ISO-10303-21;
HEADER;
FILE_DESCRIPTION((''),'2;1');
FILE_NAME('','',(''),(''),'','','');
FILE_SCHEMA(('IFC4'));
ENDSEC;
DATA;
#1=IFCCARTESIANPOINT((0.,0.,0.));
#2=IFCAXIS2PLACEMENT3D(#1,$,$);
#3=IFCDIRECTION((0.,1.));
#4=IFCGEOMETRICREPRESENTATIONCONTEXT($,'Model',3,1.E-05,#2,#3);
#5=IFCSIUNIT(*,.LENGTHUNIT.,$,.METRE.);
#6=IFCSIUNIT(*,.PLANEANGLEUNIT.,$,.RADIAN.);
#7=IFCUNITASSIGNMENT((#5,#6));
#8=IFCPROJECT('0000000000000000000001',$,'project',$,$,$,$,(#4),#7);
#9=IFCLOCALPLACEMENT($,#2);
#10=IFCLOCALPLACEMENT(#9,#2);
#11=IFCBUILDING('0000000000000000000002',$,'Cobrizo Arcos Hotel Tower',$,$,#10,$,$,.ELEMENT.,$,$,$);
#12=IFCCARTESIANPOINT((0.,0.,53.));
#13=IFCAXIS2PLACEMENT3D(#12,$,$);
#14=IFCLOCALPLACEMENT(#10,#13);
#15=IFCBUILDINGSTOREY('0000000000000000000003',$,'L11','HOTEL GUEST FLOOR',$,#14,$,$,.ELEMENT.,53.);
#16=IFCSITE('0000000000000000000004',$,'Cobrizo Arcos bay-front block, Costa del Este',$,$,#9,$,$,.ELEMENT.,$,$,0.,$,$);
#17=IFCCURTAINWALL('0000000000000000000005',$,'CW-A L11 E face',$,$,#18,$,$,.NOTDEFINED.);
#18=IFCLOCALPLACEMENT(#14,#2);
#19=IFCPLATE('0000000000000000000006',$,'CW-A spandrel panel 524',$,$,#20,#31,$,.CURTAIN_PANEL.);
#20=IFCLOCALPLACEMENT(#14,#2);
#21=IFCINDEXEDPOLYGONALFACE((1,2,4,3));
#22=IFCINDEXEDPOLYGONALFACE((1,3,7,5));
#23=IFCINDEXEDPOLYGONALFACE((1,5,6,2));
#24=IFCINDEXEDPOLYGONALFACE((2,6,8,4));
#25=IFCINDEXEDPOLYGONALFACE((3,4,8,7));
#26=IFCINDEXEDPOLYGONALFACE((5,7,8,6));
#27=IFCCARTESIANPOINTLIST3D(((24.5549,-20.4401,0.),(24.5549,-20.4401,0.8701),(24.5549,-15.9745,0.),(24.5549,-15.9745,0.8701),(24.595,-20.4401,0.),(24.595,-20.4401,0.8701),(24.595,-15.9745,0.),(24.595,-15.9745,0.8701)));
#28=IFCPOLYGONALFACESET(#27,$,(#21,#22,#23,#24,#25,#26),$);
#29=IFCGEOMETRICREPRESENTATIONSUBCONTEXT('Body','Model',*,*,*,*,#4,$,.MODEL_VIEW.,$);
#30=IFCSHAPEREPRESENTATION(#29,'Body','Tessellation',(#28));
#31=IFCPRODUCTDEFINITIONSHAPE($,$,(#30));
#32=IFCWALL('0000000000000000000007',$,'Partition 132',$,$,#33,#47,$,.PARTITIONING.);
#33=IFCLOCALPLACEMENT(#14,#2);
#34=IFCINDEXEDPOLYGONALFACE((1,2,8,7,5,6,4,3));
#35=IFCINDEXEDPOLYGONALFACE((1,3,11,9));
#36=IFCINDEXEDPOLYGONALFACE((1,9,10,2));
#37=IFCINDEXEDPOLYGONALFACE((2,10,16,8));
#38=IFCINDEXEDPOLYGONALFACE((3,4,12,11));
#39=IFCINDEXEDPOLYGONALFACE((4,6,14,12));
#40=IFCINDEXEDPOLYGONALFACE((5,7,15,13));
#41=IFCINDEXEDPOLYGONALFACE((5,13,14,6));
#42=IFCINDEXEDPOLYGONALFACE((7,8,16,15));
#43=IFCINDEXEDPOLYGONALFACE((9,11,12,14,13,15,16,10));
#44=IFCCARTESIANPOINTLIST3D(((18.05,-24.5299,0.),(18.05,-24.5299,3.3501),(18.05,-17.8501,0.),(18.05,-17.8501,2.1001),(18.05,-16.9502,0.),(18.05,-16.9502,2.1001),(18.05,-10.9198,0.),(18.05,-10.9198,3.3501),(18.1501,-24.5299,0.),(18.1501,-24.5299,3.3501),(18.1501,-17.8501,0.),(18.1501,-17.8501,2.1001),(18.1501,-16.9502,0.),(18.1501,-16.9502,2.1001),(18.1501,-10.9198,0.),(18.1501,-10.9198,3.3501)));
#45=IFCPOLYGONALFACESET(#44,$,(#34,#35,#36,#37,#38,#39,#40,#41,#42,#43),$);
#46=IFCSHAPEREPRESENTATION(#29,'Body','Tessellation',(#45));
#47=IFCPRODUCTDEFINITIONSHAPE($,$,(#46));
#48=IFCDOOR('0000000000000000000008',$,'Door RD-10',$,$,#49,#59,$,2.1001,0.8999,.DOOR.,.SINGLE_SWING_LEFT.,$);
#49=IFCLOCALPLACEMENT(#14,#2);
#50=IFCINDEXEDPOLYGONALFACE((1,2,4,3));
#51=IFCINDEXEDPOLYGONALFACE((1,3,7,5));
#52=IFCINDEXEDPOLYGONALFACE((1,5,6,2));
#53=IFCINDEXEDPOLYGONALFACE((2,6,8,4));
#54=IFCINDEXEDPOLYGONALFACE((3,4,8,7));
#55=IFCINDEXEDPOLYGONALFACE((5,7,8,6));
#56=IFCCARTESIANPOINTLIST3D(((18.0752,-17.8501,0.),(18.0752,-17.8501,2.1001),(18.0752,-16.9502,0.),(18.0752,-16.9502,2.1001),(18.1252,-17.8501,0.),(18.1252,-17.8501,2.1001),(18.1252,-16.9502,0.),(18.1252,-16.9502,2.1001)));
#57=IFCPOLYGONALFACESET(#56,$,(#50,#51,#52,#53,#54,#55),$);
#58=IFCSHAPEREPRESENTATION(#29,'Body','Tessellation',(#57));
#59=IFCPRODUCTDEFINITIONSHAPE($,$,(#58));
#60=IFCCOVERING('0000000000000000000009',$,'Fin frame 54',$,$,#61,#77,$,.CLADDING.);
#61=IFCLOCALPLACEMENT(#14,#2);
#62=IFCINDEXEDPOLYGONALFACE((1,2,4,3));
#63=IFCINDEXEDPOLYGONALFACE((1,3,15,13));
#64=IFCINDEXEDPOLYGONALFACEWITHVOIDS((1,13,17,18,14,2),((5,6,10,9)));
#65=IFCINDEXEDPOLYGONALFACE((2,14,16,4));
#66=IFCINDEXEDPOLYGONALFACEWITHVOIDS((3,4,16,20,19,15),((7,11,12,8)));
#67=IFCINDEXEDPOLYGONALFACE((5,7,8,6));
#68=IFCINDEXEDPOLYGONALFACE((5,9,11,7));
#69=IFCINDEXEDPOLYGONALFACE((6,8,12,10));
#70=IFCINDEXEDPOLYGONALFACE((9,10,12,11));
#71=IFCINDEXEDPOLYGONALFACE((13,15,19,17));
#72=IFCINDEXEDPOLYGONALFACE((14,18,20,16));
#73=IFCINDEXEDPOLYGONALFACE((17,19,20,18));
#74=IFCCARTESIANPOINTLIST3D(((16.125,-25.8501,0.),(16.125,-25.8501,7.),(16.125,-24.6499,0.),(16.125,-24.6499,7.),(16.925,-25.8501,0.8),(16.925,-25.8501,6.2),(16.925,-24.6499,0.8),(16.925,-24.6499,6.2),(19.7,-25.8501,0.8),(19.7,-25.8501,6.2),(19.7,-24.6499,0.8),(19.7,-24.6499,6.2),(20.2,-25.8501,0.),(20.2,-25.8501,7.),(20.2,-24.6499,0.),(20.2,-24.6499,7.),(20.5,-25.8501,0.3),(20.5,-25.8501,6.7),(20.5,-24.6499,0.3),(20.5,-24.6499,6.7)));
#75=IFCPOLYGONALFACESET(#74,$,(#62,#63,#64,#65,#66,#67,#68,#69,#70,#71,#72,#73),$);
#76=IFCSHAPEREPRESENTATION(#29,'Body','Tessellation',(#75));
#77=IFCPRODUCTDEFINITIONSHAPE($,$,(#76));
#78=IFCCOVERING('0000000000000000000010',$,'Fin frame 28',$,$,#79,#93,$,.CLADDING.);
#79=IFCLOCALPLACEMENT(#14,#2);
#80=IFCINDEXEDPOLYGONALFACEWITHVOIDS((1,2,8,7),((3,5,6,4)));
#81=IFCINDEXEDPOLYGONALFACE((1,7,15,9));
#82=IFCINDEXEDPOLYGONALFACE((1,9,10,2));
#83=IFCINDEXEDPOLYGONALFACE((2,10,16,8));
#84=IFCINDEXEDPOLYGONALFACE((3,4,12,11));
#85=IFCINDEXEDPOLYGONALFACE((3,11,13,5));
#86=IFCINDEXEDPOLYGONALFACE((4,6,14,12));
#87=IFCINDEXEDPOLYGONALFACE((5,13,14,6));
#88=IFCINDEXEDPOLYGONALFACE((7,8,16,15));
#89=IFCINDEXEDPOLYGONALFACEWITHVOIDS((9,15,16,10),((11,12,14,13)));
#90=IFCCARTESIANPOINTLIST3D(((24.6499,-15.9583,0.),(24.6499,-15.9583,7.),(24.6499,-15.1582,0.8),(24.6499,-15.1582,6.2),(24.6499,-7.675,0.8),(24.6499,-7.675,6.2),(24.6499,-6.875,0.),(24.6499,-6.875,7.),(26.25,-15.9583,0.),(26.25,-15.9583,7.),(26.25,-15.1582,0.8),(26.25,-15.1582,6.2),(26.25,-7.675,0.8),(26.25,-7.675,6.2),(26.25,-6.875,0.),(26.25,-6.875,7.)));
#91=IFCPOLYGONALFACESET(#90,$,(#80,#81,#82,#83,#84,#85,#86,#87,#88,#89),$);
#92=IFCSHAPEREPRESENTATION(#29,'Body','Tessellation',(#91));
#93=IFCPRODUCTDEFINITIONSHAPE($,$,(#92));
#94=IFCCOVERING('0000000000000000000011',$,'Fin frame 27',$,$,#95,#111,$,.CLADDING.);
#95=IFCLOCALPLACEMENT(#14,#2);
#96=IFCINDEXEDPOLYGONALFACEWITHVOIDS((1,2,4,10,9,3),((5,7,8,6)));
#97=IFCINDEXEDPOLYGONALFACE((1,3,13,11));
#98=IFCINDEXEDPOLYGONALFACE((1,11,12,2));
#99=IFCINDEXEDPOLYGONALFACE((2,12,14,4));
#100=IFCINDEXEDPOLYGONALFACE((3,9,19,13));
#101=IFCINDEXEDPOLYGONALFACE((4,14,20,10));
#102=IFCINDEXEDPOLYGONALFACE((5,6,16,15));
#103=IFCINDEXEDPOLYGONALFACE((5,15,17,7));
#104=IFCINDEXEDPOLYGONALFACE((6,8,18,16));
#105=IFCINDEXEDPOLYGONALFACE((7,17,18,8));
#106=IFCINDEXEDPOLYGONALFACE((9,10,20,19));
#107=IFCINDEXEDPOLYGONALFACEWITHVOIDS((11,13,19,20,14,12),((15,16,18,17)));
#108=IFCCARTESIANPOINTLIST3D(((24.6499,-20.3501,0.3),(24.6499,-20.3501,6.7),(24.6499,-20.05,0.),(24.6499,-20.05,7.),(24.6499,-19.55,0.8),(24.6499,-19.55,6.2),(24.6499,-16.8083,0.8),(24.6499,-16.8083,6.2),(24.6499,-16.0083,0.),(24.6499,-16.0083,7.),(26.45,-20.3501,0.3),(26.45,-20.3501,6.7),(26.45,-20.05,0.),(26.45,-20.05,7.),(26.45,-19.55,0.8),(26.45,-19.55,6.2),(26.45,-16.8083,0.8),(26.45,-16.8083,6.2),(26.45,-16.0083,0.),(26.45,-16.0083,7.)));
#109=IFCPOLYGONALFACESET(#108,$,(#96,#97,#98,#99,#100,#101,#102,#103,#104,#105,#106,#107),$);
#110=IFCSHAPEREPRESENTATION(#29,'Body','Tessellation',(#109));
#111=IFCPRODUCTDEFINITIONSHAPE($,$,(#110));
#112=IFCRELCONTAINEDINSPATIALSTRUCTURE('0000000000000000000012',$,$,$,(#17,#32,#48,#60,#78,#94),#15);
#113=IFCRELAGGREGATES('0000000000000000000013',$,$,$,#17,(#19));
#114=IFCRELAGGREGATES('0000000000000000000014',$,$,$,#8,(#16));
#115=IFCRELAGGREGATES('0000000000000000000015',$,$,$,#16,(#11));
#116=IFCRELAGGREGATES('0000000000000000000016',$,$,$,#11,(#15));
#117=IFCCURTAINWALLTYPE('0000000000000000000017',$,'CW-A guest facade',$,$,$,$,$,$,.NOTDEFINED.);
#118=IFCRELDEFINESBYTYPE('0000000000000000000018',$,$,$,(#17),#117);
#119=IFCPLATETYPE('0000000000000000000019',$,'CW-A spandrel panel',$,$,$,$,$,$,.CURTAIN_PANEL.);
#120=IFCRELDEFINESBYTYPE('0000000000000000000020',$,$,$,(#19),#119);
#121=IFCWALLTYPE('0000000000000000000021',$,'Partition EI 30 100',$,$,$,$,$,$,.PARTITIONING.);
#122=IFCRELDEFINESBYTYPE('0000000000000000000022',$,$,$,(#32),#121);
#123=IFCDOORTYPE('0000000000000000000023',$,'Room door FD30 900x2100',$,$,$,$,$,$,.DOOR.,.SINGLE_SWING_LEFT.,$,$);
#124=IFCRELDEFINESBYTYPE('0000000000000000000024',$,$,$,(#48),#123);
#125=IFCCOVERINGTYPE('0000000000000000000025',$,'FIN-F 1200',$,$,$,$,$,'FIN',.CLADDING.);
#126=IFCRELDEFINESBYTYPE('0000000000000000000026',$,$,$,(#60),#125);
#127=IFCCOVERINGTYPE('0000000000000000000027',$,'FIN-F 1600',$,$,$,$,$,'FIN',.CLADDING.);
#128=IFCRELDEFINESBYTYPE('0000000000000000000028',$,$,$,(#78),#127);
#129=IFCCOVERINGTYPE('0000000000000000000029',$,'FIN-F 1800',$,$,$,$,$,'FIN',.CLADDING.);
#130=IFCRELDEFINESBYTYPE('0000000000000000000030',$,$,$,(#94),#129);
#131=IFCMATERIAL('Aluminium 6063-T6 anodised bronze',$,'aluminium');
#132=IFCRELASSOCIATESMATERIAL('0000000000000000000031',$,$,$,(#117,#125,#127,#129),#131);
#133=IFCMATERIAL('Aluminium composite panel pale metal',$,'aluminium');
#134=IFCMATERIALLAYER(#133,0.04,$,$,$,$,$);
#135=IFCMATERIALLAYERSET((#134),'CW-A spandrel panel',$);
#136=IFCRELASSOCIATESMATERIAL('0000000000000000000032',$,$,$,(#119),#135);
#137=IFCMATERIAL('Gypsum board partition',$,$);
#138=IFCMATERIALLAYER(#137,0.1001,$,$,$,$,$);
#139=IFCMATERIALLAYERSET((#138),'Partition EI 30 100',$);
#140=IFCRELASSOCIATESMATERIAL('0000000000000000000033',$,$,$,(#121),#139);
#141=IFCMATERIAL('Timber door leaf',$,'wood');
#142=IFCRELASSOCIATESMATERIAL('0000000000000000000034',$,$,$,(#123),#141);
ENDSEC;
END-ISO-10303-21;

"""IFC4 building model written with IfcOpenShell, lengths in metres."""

from ifc_helpers import new_model, si_unit, direction, frame, frame_2d, origin, origin_2d, place, context, subcontext, project, spatial, polyline, rectangle, outline, extrude, material, layer, layer_set, type_object, element, fill, aggregate, save


model = new_model("IFC4")

# Units and contexts
model_context = context("Model", 3, precision=1e-05, world=origin(), true_north=direction((0.0, 1.0)))
body_context = subcontext(model_context, "Body", "Model", "MODEL_VIEW")
ifc_project = project(units=[si_unit("LENGTHUNIT", "METRE"), si_unit("PLANEANGLEUNIT", "RADIAN")], contexts=[model_context])

# Site, building, storey
site_placement = place(None, origin())
site = spatial("IfcSite", under=ifc_project, at=site_placement, Name="Cobrizo Arcos bay-front block, Costa del Este", CompositionType="ELEMENT", RefElevation=0.0)
building_placement = place(site_placement, origin())
building = spatial("IfcBuilding", under=site, at=building_placement, Name="Cobrizo Arcos Hotel Tower", CompositionType="ELEMENT")
storey_placement = place(building_placement, frame((0.0, 0.0, 53.0)))
storey = spatial("IfcBuildingStorey", under=building, at=storey_placement, Name="L11", Description="HOTEL GUEST FLOOR", CompositionType="ELEMENT", Elevation=53.0)

# Shared definitions
ifc_material_1 = material(Name="Aluminium 6063-T6 anodised bronze", Category="aluminium")
curtain_wall_type = type_object("IfcCurtainWallType", Name="CW-A guest facade", PredefinedType="NOTDEFINED", material=ifc_material_1)

# Curtain wall
curtain_wall_1_placement = place(storey_placement, origin())
curtain_wall_1 = element("IfcCurtainWall", 1, at=curtain_wall_1_placement, inside=storey, type_object=curtain_wall_type, Name="CW-A L11 E face", PredefinedType="NOTDEFINED")

# Plate
ifc_material_2 = material(Name="Aluminium composite panel pale metal", Category="aluminium")
ifc_layer_1 = layer(ifc_material_2, 0.04)
ifc_layer_set_1 = layer_set([ifc_layer_1], Name="CW-A spandrel panel")
plate_type_1 = type_object("IfcPlateType", Name="CW-A spandrel panel", PredefinedType="CURTAIN_PANEL", material=ifc_layer_set_1)
plate_1_placement = place(storey_placement, frame((24.575, -18.2073, 0.0), z_axis=(0.0, 0.0, 1.0), x_axis=(0.0, 1.0, 0.0)))
plate_1 = element("IfcPlate", 2, at=plate_1_placement, type_object=plate_type_1, Name="CW-A spandrel panel 524", PredefinedType="CURTAIN_PANEL", context=body_context, shape_type="SweptSolid", body=[
    extrude(rectangle(XDim=4.4656, YDim=0.04, at=origin_2d()), origin(), (0.0, 0.0, 1.0), 0.8701),
])
aggregate(curtain_wall_1, [plate_1])

# Wall, opening, door
ifc_material_3 = material(Name="Gypsum board partition")
ifc_layer_2 = layer(ifc_material_3, 0.1001)
ifc_layer_set_2 = layer_set([ifc_layer_2], Name="Partition EI 30 100")
wall_type = type_object("IfcWallType", Name="Partition EI 30 100", PredefinedType="PARTITIONING", material=ifc_layer_set_2)
wall_placement = place(storey_placement, frame((18.1001, -24.53, 0.0), z_axis=(0.0, 0.0, 1.0), x_axis=(0.0, 1.0, 0.0)))
wall = element("IfcWall", 3, at=wall_placement, inside=storey, type_object=wall_type, Name="Partition 132", PredefinedType="PARTITIONING", context=body_context, shape_type="SweptSolid", body=[
    extrude(rectangle(XDim=13.6101, YDim=0.1001, at=frame_2d((6.8052, 0.0))), origin(), (0.0, 0.0, 1.0), 3.3501),
])
opening_placement = place(wall_placement, frame((6.6799, 0.0, 0.0)))
opening = element("IfcOpeningElement", 4, at=opening_placement, cuts=wall, PredefinedType="OPENING", context=body_context, shape_type="SweptSolid", body=[
    extrude(rectangle(XDim=0.8999, YDim=2.1001, at=frame_2d((0.45, 1.05))), frame((0.0, 0.062, 0.0), z_axis=(0.0, -1.0, 0.0), x_axis=(1.0, 0.0, 0.0)), (0.0, 0.0, 1.0), 0.124),
])
ifc_material_4 = material(Name="Timber door leaf", Category="wood")
door_type = type_object("IfcDoorType", Name="Room door FD30 900x2100", OperationType="SINGLE_SWING_LEFT", PredefinedType="DOOR", material=ifc_material_4)
door_placement = place(opening_placement, origin())
door = element("IfcDoor", 5, at=door_placement, inside=storey, type_object=door_type, Name="Door RD-10", OperationType="SINGLE_SWING_LEFT", OverallHeight=2.1001, OverallWidth=0.8999, PredefinedType="DOOR", context=body_context, shape_type="SweptSolid", body=[
    extrude(rectangle(XDim=0.8999, YDim=2.1001, at=frame_2d((0.45, 1.05))), frame((0.0, 0.0249, 0.0), z_axis=(0.0, -1.0, 0.0), x_axis=(1.0, 0.0, 0.0)), (0.0, 0.0, 1.0), 0.05),
])
fill(opening, door)

# Coverings
covering_type_1 = type_object("IfcCoveringType", Name="FIN-F 1200", ElementType="FIN", PredefinedType="CLADDING", material=ifc_material_1)
covering_1_placement = place(storey_placement, frame((16.125, -24.6499, 0.0), z_axis=(0.0, -1.0, 0.0), x_axis=(1.0, 0.0, 0.0)))
element("IfcCovering", 6, at=covering_1_placement, inside=storey, type_object=covering_type_1, Name="Fin frame 54", PredefinedType="CLADDING", context=body_context, shape_type="SweptSolid", body=[
    extrude(outline(polyline([(0.0, 7.0), (0.0, 0.0), (4.075, 0.0), (4.375, 0.3), (4.375, 6.7), (4.075, 7.0), (0.0, 7.0)]), holes=[polyline([(3.575, 0.8), (0.8, 0.8), (0.8, 6.2), (3.575, 6.2), (3.575, 0.8)])]), origin(), (0.0, 0.0, 1.0), 1.2002),
])
covering_type_2 = type_object("IfcCoveringType", Name="FIN-F 1600", ElementType="FIN", PredefinedType="CLADDING", material=ifc_material_1)
covering_2_placement = place(storey_placement, frame((24.6499, -15.9583, 0.0), z_axis=(1.0, 0.0, 0.0), x_axis=(0.0, 1.0, 0.0)))
element("IfcCovering", 7, at=covering_2_placement, inside=storey, type_object=covering_type_2, Name="Fin frame 28", PredefinedType="CLADDING", context=body_context, shape_type="SweptSolid", body=[
    extrude(outline(polyline([(0.0, 7.0), (0.0, 0.0), (9.0833, 0.0), (9.0833, 7.0), (0.0, 7.0)]), holes=[polyline([(8.2832, 0.8), (0.8, 0.8), (0.8, 6.2), (8.2832, 6.2), (8.2832, 0.8)])]), origin(), (0.0, 0.0, 1.0), 1.6001),
])
covering_type_3 = type_object("IfcCoveringType", Name="FIN-F 1800", ElementType="FIN", PredefinedType="CLADDING", material=ifc_material_1)
covering_3_placement = place(storey_placement, frame((24.6499, -20.3501, 0.0), z_axis=(1.0, 0.0, 0.0), x_axis=(0.0, 1.0, 0.0)))
element("IfcCovering", 8, at=covering_3_placement, inside=storey, type_object=covering_type_3, Name="Fin frame 27", PredefinedType="CLADDING", context=body_context, shape_type="SweptSolid", body=[
    extrude(outline(polyline([(0.0, 0.3), (0.3, 0.0), (4.3418, 0.0), (4.3418, 7.0), (0.3, 7.0), (0.0, 6.7), (0.0, 0.3)]), holes=[polyline([(3.5417, 0.8), (0.8, 0.8), (0.8, 6.2), (3.5417, 6.2), (3.5417, 0.8)])]), origin(), (0.0, 0.0, 1.0), 1.8),
])

save(model, "model.ifc")
